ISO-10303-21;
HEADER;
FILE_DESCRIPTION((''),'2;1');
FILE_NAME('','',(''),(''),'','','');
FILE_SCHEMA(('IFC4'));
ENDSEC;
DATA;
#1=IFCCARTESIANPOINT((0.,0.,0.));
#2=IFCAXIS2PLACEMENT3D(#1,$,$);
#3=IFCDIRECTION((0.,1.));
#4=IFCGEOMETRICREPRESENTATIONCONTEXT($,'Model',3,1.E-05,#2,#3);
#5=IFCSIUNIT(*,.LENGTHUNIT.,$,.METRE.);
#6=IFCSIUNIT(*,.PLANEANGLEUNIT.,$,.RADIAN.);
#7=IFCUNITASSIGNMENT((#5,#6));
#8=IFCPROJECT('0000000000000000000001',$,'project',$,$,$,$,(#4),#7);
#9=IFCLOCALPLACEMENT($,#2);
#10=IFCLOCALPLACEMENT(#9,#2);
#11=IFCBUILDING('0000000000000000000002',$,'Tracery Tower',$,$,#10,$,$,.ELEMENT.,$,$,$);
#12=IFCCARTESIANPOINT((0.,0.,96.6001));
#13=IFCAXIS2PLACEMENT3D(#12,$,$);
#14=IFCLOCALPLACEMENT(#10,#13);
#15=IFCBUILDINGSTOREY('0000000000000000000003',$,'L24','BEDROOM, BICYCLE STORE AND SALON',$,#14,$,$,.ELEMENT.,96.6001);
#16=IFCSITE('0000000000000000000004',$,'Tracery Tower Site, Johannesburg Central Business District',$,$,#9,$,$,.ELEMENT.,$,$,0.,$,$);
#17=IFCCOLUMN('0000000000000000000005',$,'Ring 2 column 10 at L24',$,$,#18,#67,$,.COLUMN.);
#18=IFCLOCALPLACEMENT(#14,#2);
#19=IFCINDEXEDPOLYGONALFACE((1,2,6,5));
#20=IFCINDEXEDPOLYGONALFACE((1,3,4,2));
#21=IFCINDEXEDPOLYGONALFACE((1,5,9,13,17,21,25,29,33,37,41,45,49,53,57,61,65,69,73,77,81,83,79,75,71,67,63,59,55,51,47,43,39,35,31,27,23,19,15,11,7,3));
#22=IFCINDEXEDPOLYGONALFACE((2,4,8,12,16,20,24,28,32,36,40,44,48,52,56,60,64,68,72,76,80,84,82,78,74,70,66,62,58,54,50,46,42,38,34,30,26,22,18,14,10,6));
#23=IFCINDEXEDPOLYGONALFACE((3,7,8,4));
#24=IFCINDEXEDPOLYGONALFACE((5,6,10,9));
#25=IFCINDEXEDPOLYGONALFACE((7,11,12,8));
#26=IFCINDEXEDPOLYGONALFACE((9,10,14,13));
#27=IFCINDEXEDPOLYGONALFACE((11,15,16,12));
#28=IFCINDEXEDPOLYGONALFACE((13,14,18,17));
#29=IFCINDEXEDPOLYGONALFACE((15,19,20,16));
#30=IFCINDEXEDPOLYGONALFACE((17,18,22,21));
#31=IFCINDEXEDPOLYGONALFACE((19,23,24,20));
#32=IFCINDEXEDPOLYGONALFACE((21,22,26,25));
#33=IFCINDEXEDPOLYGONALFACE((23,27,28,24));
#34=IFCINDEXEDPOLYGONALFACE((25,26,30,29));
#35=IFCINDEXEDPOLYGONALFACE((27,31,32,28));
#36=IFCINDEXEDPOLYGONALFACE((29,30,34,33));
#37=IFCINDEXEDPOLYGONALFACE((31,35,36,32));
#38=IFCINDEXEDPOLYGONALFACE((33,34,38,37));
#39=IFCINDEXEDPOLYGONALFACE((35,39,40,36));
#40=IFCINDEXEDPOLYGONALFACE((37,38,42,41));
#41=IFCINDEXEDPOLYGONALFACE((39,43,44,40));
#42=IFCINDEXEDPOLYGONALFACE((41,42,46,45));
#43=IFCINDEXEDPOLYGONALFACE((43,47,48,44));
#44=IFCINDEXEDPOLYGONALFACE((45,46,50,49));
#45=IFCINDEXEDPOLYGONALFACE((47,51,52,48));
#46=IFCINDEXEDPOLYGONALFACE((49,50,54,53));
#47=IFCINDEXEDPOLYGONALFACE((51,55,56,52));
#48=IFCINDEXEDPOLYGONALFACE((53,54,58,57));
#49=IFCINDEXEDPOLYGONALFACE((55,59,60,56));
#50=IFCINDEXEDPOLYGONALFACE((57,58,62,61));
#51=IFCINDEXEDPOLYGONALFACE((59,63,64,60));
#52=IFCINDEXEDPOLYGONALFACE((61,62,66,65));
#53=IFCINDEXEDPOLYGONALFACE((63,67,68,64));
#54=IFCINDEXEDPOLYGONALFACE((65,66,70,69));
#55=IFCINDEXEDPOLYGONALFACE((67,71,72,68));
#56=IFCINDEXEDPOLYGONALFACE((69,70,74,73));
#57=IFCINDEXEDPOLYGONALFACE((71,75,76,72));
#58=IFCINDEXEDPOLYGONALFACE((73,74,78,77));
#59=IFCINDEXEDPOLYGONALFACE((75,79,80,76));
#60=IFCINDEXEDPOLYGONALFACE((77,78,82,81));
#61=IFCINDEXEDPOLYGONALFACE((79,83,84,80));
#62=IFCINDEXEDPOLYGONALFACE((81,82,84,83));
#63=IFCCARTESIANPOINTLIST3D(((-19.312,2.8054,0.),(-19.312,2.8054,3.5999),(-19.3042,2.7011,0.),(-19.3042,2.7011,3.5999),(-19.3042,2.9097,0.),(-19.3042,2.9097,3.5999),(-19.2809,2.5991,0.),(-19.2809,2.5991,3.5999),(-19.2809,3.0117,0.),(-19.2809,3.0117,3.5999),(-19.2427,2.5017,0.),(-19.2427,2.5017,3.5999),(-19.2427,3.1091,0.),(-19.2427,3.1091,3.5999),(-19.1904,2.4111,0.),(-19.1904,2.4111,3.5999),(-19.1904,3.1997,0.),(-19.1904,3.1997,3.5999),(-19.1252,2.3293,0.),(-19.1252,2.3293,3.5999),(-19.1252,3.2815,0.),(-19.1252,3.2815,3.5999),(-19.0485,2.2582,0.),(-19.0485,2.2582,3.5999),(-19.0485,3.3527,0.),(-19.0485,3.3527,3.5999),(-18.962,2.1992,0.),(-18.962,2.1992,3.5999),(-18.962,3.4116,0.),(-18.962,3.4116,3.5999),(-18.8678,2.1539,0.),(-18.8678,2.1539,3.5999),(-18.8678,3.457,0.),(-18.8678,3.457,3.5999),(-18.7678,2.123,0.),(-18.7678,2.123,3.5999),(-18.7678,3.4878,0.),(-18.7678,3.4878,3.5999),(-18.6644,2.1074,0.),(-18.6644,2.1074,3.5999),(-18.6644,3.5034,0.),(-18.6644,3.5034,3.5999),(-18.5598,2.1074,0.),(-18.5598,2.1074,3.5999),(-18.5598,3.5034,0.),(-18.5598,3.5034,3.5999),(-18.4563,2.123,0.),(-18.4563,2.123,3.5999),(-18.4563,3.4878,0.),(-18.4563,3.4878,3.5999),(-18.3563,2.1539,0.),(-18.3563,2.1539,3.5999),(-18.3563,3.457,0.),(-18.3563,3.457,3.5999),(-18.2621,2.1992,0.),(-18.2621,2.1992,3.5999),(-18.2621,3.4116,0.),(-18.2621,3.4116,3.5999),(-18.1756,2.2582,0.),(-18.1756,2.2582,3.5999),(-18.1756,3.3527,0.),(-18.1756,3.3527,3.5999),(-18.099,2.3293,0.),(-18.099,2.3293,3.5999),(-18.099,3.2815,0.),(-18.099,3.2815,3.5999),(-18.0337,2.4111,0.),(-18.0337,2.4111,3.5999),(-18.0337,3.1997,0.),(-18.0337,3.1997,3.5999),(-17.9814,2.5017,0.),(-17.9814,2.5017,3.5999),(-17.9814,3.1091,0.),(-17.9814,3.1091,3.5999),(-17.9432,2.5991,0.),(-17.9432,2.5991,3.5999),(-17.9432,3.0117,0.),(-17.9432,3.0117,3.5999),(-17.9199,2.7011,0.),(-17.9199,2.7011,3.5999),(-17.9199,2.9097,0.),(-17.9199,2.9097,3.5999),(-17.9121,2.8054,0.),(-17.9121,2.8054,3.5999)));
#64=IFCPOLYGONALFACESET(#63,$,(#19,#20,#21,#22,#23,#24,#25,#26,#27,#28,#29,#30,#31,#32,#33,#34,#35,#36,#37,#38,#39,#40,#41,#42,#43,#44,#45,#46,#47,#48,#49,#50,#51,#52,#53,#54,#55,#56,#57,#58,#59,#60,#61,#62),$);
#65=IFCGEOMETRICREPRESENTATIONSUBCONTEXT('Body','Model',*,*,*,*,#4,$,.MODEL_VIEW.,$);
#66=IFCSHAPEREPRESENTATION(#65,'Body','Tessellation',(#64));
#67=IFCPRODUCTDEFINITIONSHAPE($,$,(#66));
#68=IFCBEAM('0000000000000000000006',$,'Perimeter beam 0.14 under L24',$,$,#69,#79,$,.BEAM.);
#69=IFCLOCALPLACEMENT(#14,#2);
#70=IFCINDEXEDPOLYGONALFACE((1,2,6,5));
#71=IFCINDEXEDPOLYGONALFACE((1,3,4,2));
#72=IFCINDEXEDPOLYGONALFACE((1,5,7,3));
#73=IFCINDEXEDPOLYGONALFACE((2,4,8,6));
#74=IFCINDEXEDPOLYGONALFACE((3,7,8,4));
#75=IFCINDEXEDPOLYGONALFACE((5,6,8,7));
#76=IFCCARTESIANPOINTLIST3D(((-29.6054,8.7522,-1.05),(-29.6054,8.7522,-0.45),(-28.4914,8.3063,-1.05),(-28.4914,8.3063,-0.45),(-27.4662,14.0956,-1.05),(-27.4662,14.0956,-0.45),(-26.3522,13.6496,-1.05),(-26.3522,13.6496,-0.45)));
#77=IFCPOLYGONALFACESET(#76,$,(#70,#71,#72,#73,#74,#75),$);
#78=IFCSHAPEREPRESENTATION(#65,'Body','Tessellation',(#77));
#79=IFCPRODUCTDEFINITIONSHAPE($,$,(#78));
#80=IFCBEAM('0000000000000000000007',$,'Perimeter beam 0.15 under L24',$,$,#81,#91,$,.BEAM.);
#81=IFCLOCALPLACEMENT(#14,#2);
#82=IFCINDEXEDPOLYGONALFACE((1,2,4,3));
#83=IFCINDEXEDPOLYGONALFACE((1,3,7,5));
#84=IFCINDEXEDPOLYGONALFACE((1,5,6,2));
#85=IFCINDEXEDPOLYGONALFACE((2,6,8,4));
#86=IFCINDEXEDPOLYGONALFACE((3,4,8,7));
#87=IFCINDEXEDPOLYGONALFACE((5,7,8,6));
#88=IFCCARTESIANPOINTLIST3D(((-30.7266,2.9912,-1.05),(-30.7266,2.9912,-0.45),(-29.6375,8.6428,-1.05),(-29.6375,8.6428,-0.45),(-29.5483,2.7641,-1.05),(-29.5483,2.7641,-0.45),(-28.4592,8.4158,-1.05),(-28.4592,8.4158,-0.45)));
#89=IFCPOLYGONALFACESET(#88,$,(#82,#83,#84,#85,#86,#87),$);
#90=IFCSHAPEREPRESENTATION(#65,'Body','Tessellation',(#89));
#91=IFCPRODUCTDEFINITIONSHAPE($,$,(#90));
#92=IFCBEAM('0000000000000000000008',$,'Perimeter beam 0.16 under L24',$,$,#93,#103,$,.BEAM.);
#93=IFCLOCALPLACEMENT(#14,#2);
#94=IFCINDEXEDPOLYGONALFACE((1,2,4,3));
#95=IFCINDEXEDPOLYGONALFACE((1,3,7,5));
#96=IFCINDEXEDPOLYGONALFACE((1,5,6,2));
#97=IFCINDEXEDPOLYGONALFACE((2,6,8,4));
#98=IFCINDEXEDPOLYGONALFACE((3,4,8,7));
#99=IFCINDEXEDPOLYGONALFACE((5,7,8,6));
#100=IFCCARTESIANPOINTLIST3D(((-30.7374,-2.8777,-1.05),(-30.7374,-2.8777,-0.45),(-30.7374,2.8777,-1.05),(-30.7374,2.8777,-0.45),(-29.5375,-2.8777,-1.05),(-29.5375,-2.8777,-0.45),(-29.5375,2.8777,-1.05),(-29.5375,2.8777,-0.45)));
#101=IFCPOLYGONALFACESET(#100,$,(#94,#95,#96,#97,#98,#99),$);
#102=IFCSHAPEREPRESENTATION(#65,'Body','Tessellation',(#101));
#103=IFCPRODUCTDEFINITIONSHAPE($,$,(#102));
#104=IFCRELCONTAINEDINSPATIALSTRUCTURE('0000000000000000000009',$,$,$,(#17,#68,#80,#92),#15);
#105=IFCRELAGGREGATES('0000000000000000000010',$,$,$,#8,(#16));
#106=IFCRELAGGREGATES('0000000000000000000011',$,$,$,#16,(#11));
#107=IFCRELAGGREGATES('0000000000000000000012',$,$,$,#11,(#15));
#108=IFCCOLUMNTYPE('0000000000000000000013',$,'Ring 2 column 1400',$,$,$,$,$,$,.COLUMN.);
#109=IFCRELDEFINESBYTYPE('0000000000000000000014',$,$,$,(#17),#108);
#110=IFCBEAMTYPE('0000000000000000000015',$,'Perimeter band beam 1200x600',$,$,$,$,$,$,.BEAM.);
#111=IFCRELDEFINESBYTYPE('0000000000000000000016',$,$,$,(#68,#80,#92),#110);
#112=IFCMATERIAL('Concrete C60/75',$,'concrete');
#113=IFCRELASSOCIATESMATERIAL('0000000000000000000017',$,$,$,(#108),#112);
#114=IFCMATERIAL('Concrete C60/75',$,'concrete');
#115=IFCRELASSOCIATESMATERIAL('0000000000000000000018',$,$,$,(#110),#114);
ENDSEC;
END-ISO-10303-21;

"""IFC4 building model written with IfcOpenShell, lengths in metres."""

from ifc_helpers import new_model, si_unit, direction, frame, origin, origin_2d, place, context, subcontext, project, spatial, rectangle, circle, extrude, material, material_profile, profile_set, type_object, element, save


model = new_model("IFC4")

# Units and contexts
model_context = context("Model", 3, precision=1e-05, world=origin(), true_north=direction((0.0, 1.0)))
body_context = subcontext(model_context, "Body", "Model", "MODEL_VIEW")
ifc_project = project(units=[si_unit("LENGTHUNIT", "METRE"), si_unit("PLANEANGLEUNIT", "RADIAN")], contexts=[model_context])

# Site, building, storey
site_placement = place(None, origin())
site = spatial("IfcSite", under=ifc_project, at=site_placement, Name="Tracery Tower Site, Johannesburg Central Business District", CompositionType="ELEMENT", RefElevation=0.0)
building_placement = place(site_placement, origin())
building = spatial("IfcBuilding", under=site, at=building_placement, Name="Tracery Tower", CompositionType="ELEMENT")
storey_placement = place(building_placement, frame((0.0, 0.0, 96.6001)))
storey = spatial("IfcBuildingStorey", under=building, at=storey_placement, Name="L24", Description="BEDROOM, BICYCLE STORE AND SALON", CompositionType="ELEMENT", Elevation=96.6001)

# Column
ifc_material_1 = material(Name="Concrete C60/75", Category="concrete")
ifc_material_profile_1 = material_profile(ifc_material_1, circle(Radius=0.7, at=origin_2d()), Name="RC D1400")
ifc_profile_set_1 = profile_set([ifc_material_profile_1], Name="Concrete C60/75")
column_type_1 = type_object("IfcColumnType", Name="Ring 2 column 1400", PredefinedType="COLUMN", material=ifc_profile_set_1)
for number, where, z_axis, x_axis, name in (
    (1, (-18.6121, 2.8054, 0.0), (0.0, 0.0, 1.0), (1.0, 0.0, 0.0), "Ring 2 column 10 at L24"),
):
    element("IfcColumn", number, at=place(storey_placement, frame(where, z_axis=z_axis, x_axis=x_axis)), inside=storey, type_object=column_type_1, Name=name, PredefinedType="COLUMN", context=body_context, shape_type="SweptSolid", body=[
        extrude(circle(Radius=0.7, at=origin_2d()), origin(), (0.0, 0.0, 1.0), 3.5999),
    ])

# Beams
ifc_material_2 = material(Name="Concrete C60/75", Category="concrete")
ifc_material_profile_2 = material_profile(ifc_material_2, rectangle(XDim=1.2, YDim=0.6001, at=origin_2d()), Name="RC 1200x600")
ifc_profile_set_2 = profile_set([ifc_material_profile_2], Name="Concrete C60/75")
beam_type = type_object("IfcBeamType", Name="Perimeter band beam 1200x600", PredefinedType="BEAM", material=ifc_profile_set_2)
for number, where, z_axis, x_axis, name in (
    (2, (-26.9092, 13.8726, -0.75), (-0.371669, -0.928365, 0.0), (0.928365, -0.371669, 0.0), "Perimeter beam 0.14 under L24"),
    (3, (-29.0483, 8.5293, -0.75), (-0.189227, -0.981933, 0.0), (0.981933, -0.189227, 0.0), "Perimeter beam 0.15 under L24"),
):
    element("IfcBeam", number, at=place(storey_placement, frame(where, z_axis=z_axis, x_axis=x_axis)), inside=storey, type_object=beam_type, Name=name, PredefinedType="BEAM", context=body_context, shape_type="SweptSolid", body=[
        extrude(rectangle(XDim=1.2, YDim=0.6001, at=origin_2d()), origin(), (0.0, 0.0, 1.0), 5.7556),
    ])
beam_placement = place(storey_placement, frame((-30.1375, 2.8777, -0.75), z_axis=(0.0, -1.0, 0.0), x_axis=(1.0, 0.0, 0.0)))
element("IfcBeam", 4, at=beam_placement, inside=storey, type_object=beam_type, Name="Perimeter beam 0.16 under L24", PredefinedType="BEAM", context=body_context, shape_type="SweptSolid", body=[
    extrude(rectangle(XDim=1.2, YDim=0.6001, at=origin_2d()), origin(), (0.0, 0.0, 1.0), 5.7554),
])

save(model, "model.ifc")
